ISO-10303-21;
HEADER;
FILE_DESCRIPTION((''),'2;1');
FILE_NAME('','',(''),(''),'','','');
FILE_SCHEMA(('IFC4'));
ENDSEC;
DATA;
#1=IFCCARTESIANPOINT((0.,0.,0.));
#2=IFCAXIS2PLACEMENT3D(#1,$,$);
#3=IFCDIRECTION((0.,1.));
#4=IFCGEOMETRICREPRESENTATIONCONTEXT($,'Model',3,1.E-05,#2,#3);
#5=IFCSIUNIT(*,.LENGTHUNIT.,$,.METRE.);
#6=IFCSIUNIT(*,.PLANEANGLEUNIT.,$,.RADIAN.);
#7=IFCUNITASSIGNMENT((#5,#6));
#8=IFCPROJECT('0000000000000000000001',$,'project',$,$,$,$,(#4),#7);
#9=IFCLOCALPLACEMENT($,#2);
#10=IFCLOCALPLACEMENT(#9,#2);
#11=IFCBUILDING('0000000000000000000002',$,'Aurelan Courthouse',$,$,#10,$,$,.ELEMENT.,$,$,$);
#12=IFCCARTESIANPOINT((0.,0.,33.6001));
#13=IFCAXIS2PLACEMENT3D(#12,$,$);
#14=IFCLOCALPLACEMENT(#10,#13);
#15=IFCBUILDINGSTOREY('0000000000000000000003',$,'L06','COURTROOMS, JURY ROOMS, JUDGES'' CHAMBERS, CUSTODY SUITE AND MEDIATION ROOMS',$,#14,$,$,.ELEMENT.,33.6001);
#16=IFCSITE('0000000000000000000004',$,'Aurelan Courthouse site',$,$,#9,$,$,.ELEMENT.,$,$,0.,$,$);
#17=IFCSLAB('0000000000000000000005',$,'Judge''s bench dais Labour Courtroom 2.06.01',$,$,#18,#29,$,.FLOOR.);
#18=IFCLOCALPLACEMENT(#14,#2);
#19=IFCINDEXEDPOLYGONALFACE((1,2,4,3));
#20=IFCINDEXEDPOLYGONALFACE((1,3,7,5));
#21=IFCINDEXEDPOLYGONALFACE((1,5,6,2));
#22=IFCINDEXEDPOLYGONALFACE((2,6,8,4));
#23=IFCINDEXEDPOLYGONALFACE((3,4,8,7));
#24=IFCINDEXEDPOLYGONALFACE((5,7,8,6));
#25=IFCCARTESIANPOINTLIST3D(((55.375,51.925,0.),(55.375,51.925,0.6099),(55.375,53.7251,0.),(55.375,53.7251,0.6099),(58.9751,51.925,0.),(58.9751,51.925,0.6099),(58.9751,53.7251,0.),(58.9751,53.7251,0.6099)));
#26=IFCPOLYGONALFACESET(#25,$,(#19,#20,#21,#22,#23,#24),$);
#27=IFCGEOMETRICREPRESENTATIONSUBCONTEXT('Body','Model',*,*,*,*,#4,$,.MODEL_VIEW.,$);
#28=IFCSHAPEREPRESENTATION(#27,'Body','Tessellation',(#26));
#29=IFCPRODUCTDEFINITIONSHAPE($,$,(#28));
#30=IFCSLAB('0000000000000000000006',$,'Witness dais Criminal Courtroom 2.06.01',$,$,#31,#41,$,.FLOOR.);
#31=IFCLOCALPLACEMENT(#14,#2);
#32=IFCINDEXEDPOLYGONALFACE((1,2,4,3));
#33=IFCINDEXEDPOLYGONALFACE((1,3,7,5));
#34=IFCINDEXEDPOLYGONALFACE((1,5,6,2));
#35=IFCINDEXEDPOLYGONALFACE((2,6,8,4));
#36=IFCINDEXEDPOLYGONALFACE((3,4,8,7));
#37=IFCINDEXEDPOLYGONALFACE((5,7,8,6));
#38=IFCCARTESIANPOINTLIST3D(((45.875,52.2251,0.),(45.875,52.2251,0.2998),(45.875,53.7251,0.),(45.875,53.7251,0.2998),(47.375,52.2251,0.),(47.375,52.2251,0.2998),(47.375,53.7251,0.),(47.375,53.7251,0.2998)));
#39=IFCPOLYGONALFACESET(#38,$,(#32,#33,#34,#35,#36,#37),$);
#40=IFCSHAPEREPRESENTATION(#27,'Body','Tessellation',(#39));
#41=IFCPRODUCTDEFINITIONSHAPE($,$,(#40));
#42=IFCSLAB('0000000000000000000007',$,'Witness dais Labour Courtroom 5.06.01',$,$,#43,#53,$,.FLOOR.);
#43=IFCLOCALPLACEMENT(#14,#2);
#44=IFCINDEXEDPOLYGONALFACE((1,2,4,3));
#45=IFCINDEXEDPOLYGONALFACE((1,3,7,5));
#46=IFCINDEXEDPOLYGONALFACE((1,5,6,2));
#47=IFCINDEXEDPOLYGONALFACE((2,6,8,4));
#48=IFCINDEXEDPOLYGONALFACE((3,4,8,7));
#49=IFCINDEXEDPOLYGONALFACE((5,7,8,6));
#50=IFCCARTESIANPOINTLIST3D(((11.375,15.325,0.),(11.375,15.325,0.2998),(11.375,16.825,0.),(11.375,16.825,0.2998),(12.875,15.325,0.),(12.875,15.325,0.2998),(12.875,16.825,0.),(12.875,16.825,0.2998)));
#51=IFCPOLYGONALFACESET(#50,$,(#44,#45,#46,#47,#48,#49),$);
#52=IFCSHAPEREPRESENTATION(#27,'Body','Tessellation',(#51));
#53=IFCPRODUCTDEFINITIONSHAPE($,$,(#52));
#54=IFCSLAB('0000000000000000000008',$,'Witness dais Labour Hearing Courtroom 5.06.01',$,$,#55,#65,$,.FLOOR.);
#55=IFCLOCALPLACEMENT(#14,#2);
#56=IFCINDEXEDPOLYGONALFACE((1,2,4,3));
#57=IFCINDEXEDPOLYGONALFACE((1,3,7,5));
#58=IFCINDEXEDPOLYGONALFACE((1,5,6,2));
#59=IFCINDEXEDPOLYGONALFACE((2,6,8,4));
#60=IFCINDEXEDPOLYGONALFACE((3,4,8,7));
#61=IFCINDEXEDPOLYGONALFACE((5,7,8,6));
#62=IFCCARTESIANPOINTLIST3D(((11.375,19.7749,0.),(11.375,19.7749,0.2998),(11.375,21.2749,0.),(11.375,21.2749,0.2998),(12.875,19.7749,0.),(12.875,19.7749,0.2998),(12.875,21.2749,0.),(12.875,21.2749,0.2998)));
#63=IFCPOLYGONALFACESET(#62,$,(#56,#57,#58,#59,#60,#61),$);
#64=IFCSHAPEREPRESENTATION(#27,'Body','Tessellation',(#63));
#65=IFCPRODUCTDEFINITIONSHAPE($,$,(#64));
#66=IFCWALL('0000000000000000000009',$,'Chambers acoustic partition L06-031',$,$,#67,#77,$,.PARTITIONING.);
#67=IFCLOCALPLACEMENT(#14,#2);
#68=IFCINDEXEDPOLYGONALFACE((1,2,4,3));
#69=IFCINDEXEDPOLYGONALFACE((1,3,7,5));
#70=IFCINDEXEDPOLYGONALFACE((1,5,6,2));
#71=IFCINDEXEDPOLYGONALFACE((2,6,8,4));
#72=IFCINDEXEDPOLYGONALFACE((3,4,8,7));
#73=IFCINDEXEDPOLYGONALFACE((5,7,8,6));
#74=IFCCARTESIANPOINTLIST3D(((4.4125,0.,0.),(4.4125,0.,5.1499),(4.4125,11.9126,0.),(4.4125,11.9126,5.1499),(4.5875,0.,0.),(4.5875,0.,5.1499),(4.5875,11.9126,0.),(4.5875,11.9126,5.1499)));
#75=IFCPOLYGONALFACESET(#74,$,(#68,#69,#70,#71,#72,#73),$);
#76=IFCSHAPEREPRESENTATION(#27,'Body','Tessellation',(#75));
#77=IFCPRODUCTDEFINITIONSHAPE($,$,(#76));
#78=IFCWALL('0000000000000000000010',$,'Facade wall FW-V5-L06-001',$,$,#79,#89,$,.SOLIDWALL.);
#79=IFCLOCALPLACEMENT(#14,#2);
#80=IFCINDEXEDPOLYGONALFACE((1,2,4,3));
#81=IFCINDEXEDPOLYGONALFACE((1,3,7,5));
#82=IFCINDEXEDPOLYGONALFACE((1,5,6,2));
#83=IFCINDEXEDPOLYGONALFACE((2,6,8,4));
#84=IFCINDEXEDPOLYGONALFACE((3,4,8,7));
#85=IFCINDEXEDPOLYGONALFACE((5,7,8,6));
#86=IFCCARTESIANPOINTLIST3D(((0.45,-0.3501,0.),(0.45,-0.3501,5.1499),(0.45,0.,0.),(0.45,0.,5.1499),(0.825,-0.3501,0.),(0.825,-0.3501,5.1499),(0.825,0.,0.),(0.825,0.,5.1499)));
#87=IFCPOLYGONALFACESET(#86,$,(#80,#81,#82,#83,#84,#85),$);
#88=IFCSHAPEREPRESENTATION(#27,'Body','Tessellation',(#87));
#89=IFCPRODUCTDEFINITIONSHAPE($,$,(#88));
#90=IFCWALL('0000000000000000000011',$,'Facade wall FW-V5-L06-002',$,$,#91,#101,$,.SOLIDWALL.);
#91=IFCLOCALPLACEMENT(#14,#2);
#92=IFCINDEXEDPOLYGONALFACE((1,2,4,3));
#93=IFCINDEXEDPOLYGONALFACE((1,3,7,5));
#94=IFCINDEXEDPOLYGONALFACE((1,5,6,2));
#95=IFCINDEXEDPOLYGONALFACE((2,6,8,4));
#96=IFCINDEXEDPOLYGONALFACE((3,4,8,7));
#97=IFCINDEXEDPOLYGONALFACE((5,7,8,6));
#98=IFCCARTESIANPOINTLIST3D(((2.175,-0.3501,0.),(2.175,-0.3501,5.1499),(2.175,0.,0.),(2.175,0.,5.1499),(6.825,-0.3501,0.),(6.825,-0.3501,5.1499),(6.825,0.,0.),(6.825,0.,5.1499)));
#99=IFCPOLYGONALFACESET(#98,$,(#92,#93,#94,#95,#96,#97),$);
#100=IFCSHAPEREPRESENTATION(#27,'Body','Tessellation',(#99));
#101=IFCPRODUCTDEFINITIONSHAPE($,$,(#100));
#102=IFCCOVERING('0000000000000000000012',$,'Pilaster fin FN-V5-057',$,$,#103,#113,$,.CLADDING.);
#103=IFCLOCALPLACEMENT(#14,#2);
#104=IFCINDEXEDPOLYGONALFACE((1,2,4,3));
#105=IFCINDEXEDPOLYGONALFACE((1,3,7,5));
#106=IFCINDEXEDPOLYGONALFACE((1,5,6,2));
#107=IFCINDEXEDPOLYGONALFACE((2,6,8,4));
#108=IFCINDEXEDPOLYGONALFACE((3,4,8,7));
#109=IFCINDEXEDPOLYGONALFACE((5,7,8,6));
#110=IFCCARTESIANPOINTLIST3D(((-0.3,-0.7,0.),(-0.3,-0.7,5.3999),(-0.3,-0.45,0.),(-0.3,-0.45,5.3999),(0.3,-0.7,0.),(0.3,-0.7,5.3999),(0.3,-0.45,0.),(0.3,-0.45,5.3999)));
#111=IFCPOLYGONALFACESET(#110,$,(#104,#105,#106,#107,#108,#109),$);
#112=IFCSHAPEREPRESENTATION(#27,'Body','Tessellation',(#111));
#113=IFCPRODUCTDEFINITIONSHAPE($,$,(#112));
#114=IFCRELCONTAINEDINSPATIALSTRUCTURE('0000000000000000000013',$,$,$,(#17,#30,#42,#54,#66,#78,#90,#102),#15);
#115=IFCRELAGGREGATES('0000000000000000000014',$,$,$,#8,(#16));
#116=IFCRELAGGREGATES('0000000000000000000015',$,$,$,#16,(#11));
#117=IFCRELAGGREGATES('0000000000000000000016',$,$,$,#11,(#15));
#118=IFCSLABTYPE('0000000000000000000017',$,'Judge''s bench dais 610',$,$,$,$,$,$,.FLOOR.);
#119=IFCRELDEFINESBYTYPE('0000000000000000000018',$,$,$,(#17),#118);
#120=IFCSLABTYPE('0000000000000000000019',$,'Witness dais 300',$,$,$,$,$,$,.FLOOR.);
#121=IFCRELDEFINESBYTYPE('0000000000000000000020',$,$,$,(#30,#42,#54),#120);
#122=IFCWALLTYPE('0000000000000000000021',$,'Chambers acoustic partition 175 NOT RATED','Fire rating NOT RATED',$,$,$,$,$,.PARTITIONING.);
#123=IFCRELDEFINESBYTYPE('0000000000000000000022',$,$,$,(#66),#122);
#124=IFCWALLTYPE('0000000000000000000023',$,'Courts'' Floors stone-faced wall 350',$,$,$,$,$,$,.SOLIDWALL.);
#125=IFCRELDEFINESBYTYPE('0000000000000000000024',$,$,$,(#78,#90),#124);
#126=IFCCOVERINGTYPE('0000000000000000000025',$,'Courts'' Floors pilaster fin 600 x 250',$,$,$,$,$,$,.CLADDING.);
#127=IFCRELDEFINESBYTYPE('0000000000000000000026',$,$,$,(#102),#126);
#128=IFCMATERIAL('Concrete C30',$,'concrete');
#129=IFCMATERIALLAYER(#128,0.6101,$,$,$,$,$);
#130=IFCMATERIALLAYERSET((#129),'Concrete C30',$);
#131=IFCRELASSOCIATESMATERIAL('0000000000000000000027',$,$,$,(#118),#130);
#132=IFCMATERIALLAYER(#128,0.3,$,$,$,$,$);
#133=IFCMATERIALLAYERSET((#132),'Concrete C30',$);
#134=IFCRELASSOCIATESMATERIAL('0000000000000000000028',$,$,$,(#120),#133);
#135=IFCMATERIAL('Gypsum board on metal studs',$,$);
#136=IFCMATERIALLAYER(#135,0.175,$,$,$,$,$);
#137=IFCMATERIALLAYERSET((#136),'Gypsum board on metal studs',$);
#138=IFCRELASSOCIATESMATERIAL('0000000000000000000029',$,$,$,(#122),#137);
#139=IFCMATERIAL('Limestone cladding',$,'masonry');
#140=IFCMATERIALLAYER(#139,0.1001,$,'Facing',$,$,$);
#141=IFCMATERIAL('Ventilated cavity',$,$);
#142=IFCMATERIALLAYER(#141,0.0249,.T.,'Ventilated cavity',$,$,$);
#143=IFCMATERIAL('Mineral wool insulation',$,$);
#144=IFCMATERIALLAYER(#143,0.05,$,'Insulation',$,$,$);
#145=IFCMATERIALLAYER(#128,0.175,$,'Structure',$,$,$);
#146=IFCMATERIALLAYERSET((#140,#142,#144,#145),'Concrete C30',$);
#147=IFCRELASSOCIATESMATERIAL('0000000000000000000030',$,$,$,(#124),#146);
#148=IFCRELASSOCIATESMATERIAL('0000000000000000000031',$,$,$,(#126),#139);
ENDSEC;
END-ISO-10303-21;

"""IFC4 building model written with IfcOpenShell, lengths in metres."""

from ifc_helpers import new_model, si_unit, direction, frame, frame_2d, origin, origin_2d, place, context, subcontext, project, spatial, polyline, rectangle, outline, extrude, material, layer, layer_set, type_object, element, save


model = new_model("IFC4")

# Units and contexts
model_context = context("Model", 3, precision=1e-05, world=origin(), true_north=direction((0.0, 1.0)))
body_context = subcontext(model_context, "Body", "Model", "MODEL_VIEW")
ifc_project = project(units=[si_unit("LENGTHUNIT", "METRE"), si_unit("PLANEANGLEUNIT", "RADIAN")], contexts=[model_context])

# Site, building, storey
site_placement = place(None, origin())
site = spatial("IfcSite", under=ifc_project, at=site_placement, Name="Aurelan Courthouse site", CompositionType="ELEMENT", RefElevation=0.0)
building_placement = place(site_placement, origin())
building = spatial("IfcBuilding", under=site, at=building_placement, Name="Aurelan Courthouse", CompositionType="ELEMENT")
storey_placement = place(building_placement, frame((0.0, 0.0, 33.6001)))
storey = spatial("IfcBuildingStorey", under=building, at=storey_placement, Name="L06", Description="COURTROOMS, JURY ROOMS, JUDGES' CHAMBERS, CUSTODY SUITE AND MEDIATION ROOMS", CompositionType="ELEMENT", Elevation=33.6001)

# Slabs
ifc_material_1 = material(Name="Concrete C30", Category="concrete")
ifc_layer_1 = layer(ifc_material_1, 0.6101)
ifc_layer_set_1 = layer_set([ifc_layer_1], Name="Concrete C30")
slab_type_1 = type_object("IfcSlabType", Name="Judge's bench dais 610", PredefinedType="FLOOR", material=ifc_layer_set_1)
slab_1_placement = place(storey_placement, origin())
element("IfcSlab", 1, at=slab_1_placement, inside=storey, type_object=slab_type_1, Name="Judge's bench dais Labour Courtroom 2.06.01", PredefinedType="FLOOR", context=body_context, shape_type="SweptSolid", body=[
    extrude(outline(polyline([(55.375, 51.925), (58.9751, 51.925), (58.9751, 53.7251), (55.375, 53.7251), (55.375, 51.925)])), origin(), (0.0, 0.0, 1.0), 0.6099),
])
ifc_layer_2 = layer(ifc_material_1, 0.3)
ifc_layer_set_2 = layer_set([ifc_layer_2], Name="Concrete C30")
slab_type_2 = type_object("IfcSlabType", Name="Witness dais 300", PredefinedType="FLOOR", material=ifc_layer_set_2)
slab_2_placement = place(storey_placement, origin())
element("IfcSlab", 2, at=slab_2_placement, inside=storey, type_object=slab_type_2, Name="Witness dais Criminal Courtroom 2.06.01", PredefinedType="FLOOR", context=body_context, shape_type="SweptSolid", body=[
    extrude(outline(polyline([(45.875, 52.2251), (47.375, 52.2251), (47.375, 53.7251), (45.875, 53.7251), (45.875, 52.2251)])), origin(), (0.0, 0.0, 1.0), 0.2998),
])
slab_3_placement = place(storey_placement, origin())
element("IfcSlab", 3, at=slab_3_placement, inside=storey, type_object=slab_type_2, Name="Witness dais Labour Courtroom 5.06.01", PredefinedType="FLOOR", context=body_context, shape_type="SweptSolid", body=[
    extrude(outline(polyline([(11.375, 15.325), (12.875, 15.325), (12.875, 16.825), (11.375, 16.825), (11.375, 15.325)])), origin(), (0.0, 0.0, 1.0), 0.2998),
])
slab_4_placement = place(storey_placement, origin())
element("IfcSlab", 4, at=slab_4_placement, inside=storey, type_object=slab_type_2, Name="Witness dais Labour Hearing Courtroom 5.06.01", PredefinedType="FLOOR", context=body_context, shape_type="SweptSolid", body=[
    extrude(outline(polyline([(11.375, 19.7749), (12.875, 19.7749), (12.875, 21.2749), (11.375, 21.2749), (11.375, 19.7749)])), origin(), (0.0, 0.0, 1.0), 0.2998),
])

# Walls
ifc_material_2 = material(Name="Gypsum board on metal studs")
ifc_layer_3 = layer(ifc_material_2, 0.175)
ifc_layer_set_3 = layer_set([ifc_layer_3], Name="Gypsum board on metal studs")
wall_type_1 = type_object("IfcWallType", Name="Chambers acoustic partition 175 NOT RATED", Description="Fire rating NOT RATED", PredefinedType="PARTITIONING", material=ifc_layer_set_3)
wall_1_placement = place(storey_placement, frame((4.5, 0.0, 0.0), z_axis=(0.0, 0.0, 1.0), x_axis=(0.0, 1.0, 0.0)))
element("IfcWall", 5, at=wall_1_placement, inside=storey, type_object=wall_type_1, Name="Chambers acoustic partition L06-031", PredefinedType="PARTITIONING", context=body_context, shape_type="SweptSolid", body=[
    extrude(rectangle(XDim=11.9126, YDim=0.175, at=frame_2d((5.9563, 0.0))), origin(), (0.0, 0.0, 1.0), 5.1499),
])
ifc_material_3 = material(Name="Limestone cladding", Category="masonry")
ifc_layer_4 = layer(ifc_material_3, 0.1001, Name="Facing")
ifc_material_4 = material(Name="Ventilated cavity")
ifc_layer_5 = layer(ifc_material_4, 0.0249, ventilated=True, Name="Ventilated cavity")
ifc_material_5 = material(Name="Mineral wool insulation")
ifc_layer_6 = layer(ifc_material_5, 0.05, Name="Insulation")
ifc_layer_7 = layer(ifc_material_1, 0.175, Name="Structure")
ifc_layer_set_4 = layer_set([ifc_layer_4, ifc_layer_5, ifc_layer_6, ifc_layer_7], Name="Concrete C30")
wall_type_2 = type_object("IfcWallType", Name="Courts' Floors stone-faced wall 350", PredefinedType="SOLIDWALL", material=ifc_layer_set_4)
wall_2_placement = place(storey_placement, frame((0.45, -0.175, 0.0), z_axis=(0.0, 0.0, 1.0), x_axis=(1.0, 0.0, 0.0)))
element("IfcWall", 6, at=wall_2_placement, inside=storey, type_object=wall_type_2, Name="Facade wall FW-V5-L06-001", PredefinedType="SOLIDWALL", context=body_context, shape_type="SweptSolid", body=[
    extrude(rectangle(XDim=0.375, YDim=0.3501, at=frame_2d((0.1875, 0.0))), origin(), (0.0, 0.0, 1.0), 5.1499),
])
wall_3_placement = place(storey_placement, frame((2.175, -0.175, 0.0), z_axis=(0.0, 0.0, 1.0), x_axis=(1.0, 0.0, 0.0)))
element("IfcWall", 7, at=wall_3_placement, inside=storey, type_object=wall_type_2, Name="Facade wall FW-V5-L06-002", PredefinedType="SOLIDWALL", context=body_context, shape_type="SweptSolid", body=[
    extrude(rectangle(XDim=4.6499, YDim=0.3501, at=frame_2d((2.325, 0.0))), origin(), (0.0, 0.0, 1.0), 5.1499),
])

# Covering
covering_type = type_object("IfcCoveringType", Name="Courts' Floors pilaster fin 600 x 250", PredefinedType="CLADDING", material=ifc_material_3)
covering_placement = place(storey_placement, frame((0.0, -0.575, 0.0), z_axis=(0.0, 0.0, 1.0), x_axis=(1.0, 0.0, 0.0)))
element("IfcCovering", 8, at=covering_placement, inside=storey, type_object=covering_type, Name="Pilaster fin FN-V5-057", PredefinedType="CLADDING", context=body_context, shape_type="SweptSolid", body=[
    extrude(rectangle(XDim=0.6001, YDim=0.25, at=origin_2d()), origin(), (0.0, 0.0, 1.0), 5.3999),
])

save(model, "model.ifc")
